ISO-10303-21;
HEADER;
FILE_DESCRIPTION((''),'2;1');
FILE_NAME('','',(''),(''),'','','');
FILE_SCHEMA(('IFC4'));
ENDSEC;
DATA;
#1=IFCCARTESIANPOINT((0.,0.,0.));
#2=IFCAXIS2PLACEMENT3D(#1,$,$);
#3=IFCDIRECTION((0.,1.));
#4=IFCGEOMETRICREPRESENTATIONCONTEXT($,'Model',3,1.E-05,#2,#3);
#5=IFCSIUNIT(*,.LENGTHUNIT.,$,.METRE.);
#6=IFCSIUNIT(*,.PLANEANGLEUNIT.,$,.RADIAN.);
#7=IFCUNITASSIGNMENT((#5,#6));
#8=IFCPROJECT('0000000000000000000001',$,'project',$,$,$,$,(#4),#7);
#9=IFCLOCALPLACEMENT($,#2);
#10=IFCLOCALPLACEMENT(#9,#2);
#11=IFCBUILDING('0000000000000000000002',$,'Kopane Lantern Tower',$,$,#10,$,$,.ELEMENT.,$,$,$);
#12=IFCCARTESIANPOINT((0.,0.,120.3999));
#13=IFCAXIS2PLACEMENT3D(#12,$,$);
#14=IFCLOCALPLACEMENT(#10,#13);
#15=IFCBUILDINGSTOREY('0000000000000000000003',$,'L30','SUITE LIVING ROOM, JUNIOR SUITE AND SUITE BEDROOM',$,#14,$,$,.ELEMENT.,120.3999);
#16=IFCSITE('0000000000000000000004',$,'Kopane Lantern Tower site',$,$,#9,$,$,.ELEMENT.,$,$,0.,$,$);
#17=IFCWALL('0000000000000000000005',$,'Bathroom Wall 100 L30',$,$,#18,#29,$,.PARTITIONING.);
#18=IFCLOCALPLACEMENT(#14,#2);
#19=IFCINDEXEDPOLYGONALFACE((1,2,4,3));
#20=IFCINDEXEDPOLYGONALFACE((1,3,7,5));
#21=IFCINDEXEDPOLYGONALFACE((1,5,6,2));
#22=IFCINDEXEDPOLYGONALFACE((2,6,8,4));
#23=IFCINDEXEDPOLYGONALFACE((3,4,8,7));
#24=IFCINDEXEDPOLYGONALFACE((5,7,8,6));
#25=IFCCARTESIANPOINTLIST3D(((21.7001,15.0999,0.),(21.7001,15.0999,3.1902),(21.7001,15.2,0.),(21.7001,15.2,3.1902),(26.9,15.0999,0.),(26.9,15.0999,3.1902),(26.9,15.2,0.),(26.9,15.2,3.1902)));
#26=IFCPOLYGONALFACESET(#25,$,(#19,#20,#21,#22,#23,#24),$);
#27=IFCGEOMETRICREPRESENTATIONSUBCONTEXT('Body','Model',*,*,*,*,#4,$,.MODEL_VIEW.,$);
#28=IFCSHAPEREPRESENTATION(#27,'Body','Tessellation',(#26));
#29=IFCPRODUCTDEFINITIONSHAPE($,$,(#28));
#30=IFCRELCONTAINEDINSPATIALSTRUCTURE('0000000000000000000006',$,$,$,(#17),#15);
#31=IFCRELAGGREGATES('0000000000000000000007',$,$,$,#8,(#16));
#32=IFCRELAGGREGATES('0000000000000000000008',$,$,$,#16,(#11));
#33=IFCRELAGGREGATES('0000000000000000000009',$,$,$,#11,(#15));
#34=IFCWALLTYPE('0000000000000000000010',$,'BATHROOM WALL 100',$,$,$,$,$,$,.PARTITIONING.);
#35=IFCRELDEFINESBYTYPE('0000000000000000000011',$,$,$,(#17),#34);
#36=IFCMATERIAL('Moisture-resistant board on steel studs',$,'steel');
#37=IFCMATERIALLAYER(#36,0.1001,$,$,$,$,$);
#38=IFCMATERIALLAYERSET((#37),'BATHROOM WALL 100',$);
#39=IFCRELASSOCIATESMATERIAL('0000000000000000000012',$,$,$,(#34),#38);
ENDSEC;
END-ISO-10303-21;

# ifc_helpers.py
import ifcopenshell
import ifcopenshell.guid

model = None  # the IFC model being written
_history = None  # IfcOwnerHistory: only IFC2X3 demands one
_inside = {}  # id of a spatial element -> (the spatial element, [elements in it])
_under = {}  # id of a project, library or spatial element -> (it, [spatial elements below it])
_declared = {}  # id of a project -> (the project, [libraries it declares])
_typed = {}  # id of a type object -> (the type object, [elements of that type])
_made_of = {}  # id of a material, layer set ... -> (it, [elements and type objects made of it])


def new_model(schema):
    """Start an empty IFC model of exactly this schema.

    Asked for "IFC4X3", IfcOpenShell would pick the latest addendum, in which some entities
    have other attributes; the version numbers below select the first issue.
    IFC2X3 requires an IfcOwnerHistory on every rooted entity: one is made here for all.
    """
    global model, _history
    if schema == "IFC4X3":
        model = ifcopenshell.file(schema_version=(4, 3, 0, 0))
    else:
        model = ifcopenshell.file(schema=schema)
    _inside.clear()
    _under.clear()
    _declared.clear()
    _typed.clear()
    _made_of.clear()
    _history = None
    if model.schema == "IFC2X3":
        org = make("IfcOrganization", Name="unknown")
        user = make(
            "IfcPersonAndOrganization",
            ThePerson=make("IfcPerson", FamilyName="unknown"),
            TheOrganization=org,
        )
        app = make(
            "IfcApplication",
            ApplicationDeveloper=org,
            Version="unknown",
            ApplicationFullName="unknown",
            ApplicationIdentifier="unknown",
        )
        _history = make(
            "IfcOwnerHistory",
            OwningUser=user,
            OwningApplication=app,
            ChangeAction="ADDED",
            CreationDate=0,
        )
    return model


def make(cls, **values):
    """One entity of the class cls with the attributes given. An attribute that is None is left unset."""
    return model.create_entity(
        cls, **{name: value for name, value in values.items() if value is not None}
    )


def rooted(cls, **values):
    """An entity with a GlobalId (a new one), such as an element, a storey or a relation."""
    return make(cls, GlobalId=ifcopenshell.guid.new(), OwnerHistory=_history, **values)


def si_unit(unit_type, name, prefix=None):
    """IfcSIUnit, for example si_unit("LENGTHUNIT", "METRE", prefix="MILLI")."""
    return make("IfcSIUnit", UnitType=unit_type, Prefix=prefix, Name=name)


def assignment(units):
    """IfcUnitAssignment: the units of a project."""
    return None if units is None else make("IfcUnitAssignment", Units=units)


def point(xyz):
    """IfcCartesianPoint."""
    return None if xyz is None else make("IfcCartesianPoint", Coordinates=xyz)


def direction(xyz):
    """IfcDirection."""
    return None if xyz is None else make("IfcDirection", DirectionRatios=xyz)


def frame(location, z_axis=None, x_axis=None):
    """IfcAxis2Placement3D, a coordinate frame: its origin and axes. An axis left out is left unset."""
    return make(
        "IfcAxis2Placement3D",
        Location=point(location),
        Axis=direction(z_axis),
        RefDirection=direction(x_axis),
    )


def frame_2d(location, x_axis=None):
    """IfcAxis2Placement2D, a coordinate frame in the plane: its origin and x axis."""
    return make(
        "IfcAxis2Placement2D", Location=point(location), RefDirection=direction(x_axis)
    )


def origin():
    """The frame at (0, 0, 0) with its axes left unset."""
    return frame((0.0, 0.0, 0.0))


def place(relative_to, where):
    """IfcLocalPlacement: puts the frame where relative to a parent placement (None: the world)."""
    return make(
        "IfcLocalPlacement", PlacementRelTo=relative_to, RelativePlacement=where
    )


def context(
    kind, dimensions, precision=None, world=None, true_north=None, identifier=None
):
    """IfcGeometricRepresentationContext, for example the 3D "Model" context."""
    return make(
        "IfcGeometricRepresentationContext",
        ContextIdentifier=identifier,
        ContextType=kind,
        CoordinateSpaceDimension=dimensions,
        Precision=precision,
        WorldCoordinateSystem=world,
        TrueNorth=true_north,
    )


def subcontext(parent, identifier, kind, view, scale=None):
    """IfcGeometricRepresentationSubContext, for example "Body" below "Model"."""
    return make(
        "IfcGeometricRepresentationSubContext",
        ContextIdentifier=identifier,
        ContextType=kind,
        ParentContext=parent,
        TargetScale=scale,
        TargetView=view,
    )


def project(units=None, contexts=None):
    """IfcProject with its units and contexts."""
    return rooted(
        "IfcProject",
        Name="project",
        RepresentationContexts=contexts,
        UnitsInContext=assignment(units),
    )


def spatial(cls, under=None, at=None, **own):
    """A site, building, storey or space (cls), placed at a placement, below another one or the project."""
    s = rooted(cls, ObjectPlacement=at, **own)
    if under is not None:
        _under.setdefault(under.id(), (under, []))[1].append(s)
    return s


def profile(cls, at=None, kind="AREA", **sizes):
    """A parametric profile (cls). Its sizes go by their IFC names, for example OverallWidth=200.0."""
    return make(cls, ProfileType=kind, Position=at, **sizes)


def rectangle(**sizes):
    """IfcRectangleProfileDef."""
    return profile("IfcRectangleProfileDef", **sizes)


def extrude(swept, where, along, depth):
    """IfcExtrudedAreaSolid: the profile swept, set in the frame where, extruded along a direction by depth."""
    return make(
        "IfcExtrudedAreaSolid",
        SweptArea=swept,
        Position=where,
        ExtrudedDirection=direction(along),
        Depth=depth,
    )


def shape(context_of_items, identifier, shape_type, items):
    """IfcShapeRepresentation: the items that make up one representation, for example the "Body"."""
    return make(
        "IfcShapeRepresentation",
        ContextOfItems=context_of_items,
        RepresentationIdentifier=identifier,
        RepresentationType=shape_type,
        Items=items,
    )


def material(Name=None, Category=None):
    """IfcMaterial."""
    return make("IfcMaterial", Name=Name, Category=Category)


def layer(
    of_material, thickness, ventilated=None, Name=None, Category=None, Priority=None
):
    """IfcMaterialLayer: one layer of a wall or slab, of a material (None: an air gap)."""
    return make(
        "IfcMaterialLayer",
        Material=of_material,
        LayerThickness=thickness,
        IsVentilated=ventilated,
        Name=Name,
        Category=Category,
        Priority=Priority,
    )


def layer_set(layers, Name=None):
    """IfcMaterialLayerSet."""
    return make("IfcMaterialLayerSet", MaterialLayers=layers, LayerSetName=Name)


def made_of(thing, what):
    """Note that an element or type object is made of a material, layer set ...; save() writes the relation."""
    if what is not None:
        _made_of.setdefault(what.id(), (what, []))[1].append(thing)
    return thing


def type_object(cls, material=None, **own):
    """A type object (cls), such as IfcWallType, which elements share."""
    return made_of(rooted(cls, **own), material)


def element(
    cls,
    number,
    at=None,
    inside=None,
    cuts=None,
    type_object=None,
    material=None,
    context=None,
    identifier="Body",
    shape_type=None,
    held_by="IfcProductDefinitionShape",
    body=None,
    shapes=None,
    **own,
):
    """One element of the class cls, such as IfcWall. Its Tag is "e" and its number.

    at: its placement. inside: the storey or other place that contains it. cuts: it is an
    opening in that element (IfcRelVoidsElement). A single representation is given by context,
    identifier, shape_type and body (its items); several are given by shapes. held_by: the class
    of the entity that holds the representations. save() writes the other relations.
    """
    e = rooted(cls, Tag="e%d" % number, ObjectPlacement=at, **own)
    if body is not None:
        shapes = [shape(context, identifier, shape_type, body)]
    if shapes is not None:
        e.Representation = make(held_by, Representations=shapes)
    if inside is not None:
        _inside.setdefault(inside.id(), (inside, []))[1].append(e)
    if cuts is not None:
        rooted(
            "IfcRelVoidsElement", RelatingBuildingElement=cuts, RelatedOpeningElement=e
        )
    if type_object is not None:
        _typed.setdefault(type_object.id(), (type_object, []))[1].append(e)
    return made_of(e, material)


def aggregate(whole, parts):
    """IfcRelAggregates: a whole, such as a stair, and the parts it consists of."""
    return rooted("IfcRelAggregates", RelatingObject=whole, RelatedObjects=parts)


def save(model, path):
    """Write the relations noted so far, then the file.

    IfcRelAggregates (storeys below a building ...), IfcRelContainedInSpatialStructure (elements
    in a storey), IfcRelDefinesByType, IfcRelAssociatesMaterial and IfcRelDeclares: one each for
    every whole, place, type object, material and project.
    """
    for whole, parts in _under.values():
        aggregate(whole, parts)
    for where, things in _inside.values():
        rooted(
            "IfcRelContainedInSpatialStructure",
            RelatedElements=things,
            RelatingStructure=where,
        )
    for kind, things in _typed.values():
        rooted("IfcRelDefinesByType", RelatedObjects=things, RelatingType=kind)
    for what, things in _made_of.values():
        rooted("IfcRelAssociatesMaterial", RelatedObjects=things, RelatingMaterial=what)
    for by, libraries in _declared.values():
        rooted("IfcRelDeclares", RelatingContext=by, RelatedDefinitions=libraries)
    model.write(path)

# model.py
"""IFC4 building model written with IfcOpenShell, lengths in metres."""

from ifc_helpers import new_model, si_unit, direction, frame, frame_2d, origin, place, context, subcontext, project, spatial, rectangle, extrude, material, layer, layer_set, type_object, element, save


model = new_model("IFC4")

# Units and contexts
model_context = context("Model", 3, precision=1e-05, world=origin(), true_north=direction((0.0, 1.0)))
body_context = subcontext(model_context, "Body", "Model", "MODEL_VIEW")
ifc_project = project(units=[si_unit("LENGTHUNIT", "METRE"), si_unit("PLANEANGLEUNIT", "RADIAN")], contexts=[model_context])

# Site, building, storey
site_placement = place(None, origin())
site = spatial("IfcSite", under=ifc_project, at=site_placement, Name="Kopane Lantern Tower site", CompositionType="ELEMENT", RefElevation=0.0)
building_placement = place(site_placement, origin())
building = spatial("IfcBuilding", under=site, at=building_placement, Name="Kopane Lantern Tower", CompositionType="ELEMENT")
storey_placement = place(building_placement, frame((0.0, 0.0, 120.3999)))
storey = spatial("IfcBuildingStorey", under=building, at=storey_placement, Name="L30", Description="SUITE LIVING ROOM, JUNIOR SUITE AND SUITE BEDROOM", CompositionType="ELEMENT", Elevation=120.3999)

# Wall
ifc_material_1 = material(Name="Moisture-resistant board on steel studs", Category="steel")
ifc_layer_1 = layer(ifc_material_1, 0.1001)
ifc_layer_set_1 = layer_set([ifc_layer_1], Name="BATHROOM WALL 100")
wall_type_1 = type_object("IfcWallType", Name="BATHROOM WALL 100", PredefinedType="PARTITIONING", material=ifc_layer_set_1)
wall_1_placement = place(storey_placement, frame((21.7, 15.1499, 0.0), z_axis=(0.0, 0.0, 1.0), x_axis=(1.0, 0.0, 0.0)))
element("IfcWall", 1, at=wall_1_placement, inside=storey, type_object=wall_type_1, Name="Bathroom Wall 100 L30", PredefinedType="PARTITIONING", context=body_context, shape_type="SweptSolid", body=[
    extrude(rectangle(XDim=5.2, YDim=0.1001, at=frame_2d((2.6001, 0.0))), origin(), (0.0, 0.0, 1.0), 3.1902),
])

save(model, "model.ifc")
